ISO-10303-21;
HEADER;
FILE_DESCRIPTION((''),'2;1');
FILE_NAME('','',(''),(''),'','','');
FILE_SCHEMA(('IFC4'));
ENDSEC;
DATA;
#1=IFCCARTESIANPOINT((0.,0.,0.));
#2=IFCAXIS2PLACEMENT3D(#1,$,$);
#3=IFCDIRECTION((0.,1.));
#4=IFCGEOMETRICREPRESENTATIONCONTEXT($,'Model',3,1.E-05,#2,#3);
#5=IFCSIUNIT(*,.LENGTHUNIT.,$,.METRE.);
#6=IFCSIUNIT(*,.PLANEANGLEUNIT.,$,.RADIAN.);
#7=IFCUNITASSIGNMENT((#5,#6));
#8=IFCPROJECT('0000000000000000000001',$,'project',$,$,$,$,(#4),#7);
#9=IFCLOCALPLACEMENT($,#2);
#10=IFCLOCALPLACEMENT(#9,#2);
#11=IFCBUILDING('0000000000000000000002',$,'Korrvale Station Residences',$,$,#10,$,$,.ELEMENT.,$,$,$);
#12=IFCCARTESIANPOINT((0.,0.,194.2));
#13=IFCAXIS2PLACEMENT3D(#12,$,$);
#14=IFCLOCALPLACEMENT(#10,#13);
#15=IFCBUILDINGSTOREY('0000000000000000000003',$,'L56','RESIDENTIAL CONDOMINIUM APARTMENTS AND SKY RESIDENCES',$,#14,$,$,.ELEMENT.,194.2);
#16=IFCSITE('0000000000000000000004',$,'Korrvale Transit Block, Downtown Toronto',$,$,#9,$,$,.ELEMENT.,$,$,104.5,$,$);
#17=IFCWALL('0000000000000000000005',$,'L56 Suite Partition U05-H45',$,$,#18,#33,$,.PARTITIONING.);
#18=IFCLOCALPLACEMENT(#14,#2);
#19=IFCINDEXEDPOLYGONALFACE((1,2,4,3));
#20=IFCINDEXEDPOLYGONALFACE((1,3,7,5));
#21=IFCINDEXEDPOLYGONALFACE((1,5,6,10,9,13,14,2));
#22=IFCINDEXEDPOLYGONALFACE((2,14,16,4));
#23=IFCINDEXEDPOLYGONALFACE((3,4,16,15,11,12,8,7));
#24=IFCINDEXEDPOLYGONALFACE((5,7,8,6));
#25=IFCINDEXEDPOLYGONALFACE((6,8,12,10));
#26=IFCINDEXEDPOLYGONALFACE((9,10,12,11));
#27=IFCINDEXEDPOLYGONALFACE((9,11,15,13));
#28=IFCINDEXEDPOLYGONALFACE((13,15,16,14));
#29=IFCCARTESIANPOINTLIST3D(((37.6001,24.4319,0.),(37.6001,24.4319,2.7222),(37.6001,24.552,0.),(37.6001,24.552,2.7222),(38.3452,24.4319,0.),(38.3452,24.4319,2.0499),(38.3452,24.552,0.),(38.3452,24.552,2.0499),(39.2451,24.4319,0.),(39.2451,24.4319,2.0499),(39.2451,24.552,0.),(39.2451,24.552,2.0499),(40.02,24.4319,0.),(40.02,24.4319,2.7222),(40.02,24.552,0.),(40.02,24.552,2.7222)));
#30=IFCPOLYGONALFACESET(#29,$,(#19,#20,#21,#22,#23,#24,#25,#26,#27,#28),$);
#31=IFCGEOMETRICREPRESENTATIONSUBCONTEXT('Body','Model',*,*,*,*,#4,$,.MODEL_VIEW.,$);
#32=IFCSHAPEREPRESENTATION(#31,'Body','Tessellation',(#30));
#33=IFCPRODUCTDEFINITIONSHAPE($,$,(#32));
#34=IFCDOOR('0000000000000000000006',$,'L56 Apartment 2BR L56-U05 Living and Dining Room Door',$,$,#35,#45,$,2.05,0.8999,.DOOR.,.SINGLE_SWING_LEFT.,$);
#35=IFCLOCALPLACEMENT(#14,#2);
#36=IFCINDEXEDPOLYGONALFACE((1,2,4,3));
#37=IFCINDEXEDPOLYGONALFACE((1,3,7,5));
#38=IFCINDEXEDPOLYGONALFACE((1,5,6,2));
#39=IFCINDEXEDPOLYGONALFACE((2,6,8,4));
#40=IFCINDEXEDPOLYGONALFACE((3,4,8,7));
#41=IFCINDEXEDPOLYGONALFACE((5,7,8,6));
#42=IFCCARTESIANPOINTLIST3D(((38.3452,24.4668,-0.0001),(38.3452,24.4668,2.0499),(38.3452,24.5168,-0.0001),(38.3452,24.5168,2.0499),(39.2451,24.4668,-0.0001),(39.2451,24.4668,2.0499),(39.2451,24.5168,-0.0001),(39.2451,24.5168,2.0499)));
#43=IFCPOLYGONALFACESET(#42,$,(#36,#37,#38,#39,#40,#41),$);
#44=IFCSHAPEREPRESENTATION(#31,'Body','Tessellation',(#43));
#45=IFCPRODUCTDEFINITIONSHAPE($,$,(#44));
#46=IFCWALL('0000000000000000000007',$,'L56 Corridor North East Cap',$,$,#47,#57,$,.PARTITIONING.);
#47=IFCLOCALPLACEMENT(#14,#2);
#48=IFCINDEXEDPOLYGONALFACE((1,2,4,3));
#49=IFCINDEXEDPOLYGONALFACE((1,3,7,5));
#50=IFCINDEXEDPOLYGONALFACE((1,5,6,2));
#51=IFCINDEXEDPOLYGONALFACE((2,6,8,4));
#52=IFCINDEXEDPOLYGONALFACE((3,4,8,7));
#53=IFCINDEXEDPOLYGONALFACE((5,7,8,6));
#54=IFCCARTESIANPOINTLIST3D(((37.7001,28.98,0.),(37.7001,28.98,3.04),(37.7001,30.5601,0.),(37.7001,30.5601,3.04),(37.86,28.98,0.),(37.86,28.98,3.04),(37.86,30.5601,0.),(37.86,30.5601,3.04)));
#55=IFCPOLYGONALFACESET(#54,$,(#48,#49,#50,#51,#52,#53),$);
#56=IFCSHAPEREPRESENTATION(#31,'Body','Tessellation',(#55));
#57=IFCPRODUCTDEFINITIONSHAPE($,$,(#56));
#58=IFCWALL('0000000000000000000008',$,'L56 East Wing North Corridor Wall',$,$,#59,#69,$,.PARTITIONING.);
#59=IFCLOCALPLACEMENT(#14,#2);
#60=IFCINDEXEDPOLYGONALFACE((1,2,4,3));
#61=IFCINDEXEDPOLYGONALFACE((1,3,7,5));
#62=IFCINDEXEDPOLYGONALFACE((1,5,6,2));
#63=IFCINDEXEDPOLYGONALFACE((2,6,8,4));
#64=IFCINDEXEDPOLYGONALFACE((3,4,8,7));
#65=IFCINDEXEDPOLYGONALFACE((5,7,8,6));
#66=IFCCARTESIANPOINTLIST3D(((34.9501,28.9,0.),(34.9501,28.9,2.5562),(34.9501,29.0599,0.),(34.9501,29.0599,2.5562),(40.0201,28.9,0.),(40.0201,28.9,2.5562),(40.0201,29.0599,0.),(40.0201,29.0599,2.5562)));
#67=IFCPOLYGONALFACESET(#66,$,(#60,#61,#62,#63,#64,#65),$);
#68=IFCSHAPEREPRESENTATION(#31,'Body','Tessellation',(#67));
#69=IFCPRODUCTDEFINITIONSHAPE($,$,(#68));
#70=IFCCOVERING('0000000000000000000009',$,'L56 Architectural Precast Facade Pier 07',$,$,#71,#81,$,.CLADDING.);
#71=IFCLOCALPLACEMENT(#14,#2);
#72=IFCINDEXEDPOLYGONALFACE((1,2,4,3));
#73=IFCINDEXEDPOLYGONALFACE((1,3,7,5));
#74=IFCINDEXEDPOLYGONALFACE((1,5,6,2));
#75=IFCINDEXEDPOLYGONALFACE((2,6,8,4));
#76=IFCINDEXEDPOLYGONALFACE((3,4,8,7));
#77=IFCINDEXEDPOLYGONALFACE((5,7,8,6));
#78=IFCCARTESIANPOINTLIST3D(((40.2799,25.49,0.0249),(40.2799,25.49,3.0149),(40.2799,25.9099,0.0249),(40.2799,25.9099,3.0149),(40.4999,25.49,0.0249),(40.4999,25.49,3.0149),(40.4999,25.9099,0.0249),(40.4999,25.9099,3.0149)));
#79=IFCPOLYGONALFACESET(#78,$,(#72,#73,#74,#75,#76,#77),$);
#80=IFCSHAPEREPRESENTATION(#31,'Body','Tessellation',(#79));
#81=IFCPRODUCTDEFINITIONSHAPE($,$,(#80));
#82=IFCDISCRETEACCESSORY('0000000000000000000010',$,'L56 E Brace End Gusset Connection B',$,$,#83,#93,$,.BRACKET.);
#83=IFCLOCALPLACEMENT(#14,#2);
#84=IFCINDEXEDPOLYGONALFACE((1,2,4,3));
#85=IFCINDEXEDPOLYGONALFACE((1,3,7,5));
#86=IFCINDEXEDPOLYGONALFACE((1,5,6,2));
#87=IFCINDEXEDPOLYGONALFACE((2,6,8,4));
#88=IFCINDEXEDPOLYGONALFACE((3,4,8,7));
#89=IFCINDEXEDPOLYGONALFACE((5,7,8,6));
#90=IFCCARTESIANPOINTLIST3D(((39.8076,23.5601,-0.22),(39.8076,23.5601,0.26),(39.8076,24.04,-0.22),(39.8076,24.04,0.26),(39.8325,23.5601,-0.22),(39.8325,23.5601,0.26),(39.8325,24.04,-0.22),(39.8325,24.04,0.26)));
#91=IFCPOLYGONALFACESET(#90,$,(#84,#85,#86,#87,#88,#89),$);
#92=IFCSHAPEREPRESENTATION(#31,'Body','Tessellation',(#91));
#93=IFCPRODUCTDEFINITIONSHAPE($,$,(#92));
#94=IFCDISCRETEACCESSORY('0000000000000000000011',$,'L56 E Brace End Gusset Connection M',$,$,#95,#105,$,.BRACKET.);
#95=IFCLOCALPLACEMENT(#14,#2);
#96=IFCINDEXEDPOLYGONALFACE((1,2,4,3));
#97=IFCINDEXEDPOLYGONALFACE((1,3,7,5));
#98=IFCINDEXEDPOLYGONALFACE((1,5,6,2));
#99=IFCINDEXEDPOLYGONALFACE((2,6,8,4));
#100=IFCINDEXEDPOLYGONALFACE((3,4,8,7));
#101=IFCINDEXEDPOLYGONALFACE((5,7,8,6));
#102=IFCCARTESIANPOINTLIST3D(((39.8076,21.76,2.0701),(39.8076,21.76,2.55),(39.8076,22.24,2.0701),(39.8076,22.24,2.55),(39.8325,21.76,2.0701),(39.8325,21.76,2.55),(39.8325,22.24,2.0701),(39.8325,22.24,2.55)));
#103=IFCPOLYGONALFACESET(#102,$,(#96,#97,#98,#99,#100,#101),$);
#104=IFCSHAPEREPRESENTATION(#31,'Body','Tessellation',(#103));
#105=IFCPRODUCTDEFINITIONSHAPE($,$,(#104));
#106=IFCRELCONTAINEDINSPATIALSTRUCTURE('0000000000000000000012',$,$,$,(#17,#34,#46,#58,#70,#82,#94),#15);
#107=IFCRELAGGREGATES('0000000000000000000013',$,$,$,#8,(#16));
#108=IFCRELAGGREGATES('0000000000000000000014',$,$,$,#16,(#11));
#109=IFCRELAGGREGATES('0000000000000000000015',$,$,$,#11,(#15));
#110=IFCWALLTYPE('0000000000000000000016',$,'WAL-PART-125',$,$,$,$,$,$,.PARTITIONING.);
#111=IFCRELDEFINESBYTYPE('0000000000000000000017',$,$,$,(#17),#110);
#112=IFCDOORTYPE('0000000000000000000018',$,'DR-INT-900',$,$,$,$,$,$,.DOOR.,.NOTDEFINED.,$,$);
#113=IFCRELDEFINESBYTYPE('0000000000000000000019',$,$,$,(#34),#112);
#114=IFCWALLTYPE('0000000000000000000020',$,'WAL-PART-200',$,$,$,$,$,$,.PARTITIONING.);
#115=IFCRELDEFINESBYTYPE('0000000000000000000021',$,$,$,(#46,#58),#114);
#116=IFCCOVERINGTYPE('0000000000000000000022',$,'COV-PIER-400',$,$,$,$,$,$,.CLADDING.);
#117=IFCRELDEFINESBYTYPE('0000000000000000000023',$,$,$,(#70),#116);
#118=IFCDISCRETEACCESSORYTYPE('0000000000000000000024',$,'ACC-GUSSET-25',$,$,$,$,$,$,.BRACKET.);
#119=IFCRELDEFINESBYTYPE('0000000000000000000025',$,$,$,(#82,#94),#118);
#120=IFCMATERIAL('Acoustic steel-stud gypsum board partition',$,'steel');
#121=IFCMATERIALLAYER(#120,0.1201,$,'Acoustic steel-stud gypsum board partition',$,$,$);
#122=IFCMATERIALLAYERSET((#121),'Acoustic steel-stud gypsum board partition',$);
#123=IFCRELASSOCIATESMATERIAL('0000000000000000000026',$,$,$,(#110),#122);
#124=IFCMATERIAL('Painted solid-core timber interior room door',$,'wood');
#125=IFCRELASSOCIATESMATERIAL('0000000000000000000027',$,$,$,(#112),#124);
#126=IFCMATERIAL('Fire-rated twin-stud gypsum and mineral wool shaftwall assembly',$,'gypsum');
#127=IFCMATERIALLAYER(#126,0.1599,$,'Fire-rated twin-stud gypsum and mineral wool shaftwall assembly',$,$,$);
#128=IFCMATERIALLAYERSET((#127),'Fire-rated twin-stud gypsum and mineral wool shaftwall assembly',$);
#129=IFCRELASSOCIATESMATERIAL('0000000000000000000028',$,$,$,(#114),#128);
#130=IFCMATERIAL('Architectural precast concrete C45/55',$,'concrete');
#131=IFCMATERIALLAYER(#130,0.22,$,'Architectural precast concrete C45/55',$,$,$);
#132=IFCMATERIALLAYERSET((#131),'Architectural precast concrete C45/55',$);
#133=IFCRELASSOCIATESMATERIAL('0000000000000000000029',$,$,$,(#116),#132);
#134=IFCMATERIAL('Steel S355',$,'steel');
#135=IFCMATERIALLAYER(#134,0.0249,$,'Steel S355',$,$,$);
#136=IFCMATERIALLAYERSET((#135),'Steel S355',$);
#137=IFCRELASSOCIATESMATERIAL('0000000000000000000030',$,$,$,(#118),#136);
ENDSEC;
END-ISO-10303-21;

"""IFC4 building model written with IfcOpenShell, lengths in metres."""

from ifc_helpers import new_model, si_unit, direction, frame, frame_2d, origin, origin_2d, place, context, subcontext, project, spatial, rectangle, extrude, material, layer, layer_set, type_object, element, fill, save


model = new_model("IFC4")

# Units and contexts
model_context = context("Model", 3, precision=1e-05, world=origin(), true_north=direction((0.0, 1.0)))
body_context = subcontext(model_context, "Body", "Model", "MODEL_VIEW")
ifc_project = project(units=[si_unit("LENGTHUNIT", "METRE"), si_unit("PLANEANGLEUNIT", "RADIAN")], contexts=[model_context])

# Site, building, storey
site_placement = place(None, origin())
site = spatial("IfcSite", under=ifc_project, at=site_placement, Name="Korrvale Transit Block, Downtown Toronto", CompositionType="ELEMENT", RefElevation=104.5)
building_placement = place(site_placement, origin())
building = spatial("IfcBuilding", under=site, at=building_placement, Name="Korrvale Station Residences", CompositionType="ELEMENT")
storey_placement = place(building_placement, frame((0.0, 0.0, 194.2)))
storey = spatial("IfcBuildingStorey", under=building, at=storey_placement, Name="L56", Description="RESIDENTIAL CONDOMINIUM APARTMENTS AND SKY RESIDENCES", CompositionType="ELEMENT", Elevation=194.2)

# Shared definitions
ifc_material_1 = material(Name="Steel S355", Category="steel")

# Wall, opening, door
ifc_material_2 = material(Name="Acoustic steel-stud gypsum board partition", Category="steel")
ifc_layer_1 = layer(ifc_material_2, 0.1201, Name="Acoustic steel-stud gypsum board partition")
ifc_layer_set_1 = layer_set([ifc_layer_1], Name="Acoustic steel-stud gypsum board partition")
wall_type_1 = type_object("IfcWallType", Name="WAL-PART-125", PredefinedType="PARTITIONING", material=ifc_layer_set_1)
ifc_material_3 = material(Name="Painted solid-core timber interior room door", Category="wood")
door_type = type_object("IfcDoorType", Name="DR-INT-900", OperationType="NOTDEFINED", PredefinedType="DOOR", material=ifc_material_3)
wall_1_placement = place(storey_placement, frame((37.6001, 24.4919, 0.0), z_axis=(0.0, 0.0, 1.0), x_axis=(1.0, 0.0, 0.0)))
wall_1 = element("IfcWall", 1, at=wall_1_placement, inside=storey, type_object=wall_type_1, Name="L56 Suite Partition U05-H45", PredefinedType="PARTITIONING", context=body_context, shape_type="SweptSolid", body=[
    extrude(rectangle(XDim=2.4199, YDim=0.1201, at=frame_2d((1.21, 0.0))), origin(), (0.0, 0.0, 1.0), 2.7222),
])
opening_1_placement = place(wall_1_placement, frame((0.7451, 0.0, 0.0)))
opening_1 = element("IfcOpeningElement", 2, at=opening_1_placement, cuts=wall_1, PredefinedType="OPENING", context=body_context, shape_type="SweptSolid", body=[
    extrude(rectangle(XDim=0.8999, YDim=2.05, at=frame_2d((0.45, 1.0249))), frame((0.0, 0.0701, 0.0), z_axis=(0.0, -1.0, 0.0), x_axis=(1.0, 0.0, 0.0)), (0.0, 0.0, 1.0), 0.1401),
])
door_1_placement = place(opening_1_placement, origin())
door_1 = element("IfcDoor", 3, at=door_1_placement, inside=storey, type_object=door_type, Name="L56 Apartment 2BR L56-U05 Living and Dining Room Door", OperationType="SINGLE_SWING_LEFT", OverallHeight=2.05, OverallWidth=0.8999, PredefinedType="DOOR", context=body_context, shape_type="SweptSolid", body=[
    extrude(rectangle(XDim=0.8999, YDim=2.05, at=frame_2d((0.45, 1.0249))), frame((0.0, 0.0249, 0.0), z_axis=(0.0, -1.0, 0.0), x_axis=(1.0, 0.0, 0.0)), (0.0, 0.0, 1.0), 0.05),
])
fill(opening_1, door_1)

# Walls
ifc_material_4 = material(Name="Fire-rated twin-stud gypsum and mineral wool shaftwall assembly", Category="gypsum")
ifc_layer_2 = layer(ifc_material_4, 0.1599, Name="Fire-rated twin-stud gypsum and mineral wool shaftwall assembly")
ifc_layer_set_2 = layer_set([ifc_layer_2], Name="Fire-rated twin-stud gypsum and mineral wool shaftwall assembly")
wall_type_2 = type_object("IfcWallType", Name="WAL-PART-200", PredefinedType="PARTITIONING", material=ifc_layer_set_2)
wall_2_placement = place(storey_placement, frame((37.78, 28.98, 0.0), z_axis=(0.0, 0.0, 1.0), x_axis=(0.0, 1.0, 0.0)))
element("IfcWall", 4, at=wall_2_placement, inside=storey, type_object=wall_type_2, Name="L56 Corridor North East Cap", PredefinedType="PARTITIONING", context=body_context, shape_type="SweptSolid", body=[
    extrude(rectangle(XDim=1.5801, YDim=0.1599, at=frame_2d((0.79, 0.0))), origin(), (0.0, 0.0, 1.0), 3.04),
])
wall_3_placement = place(storey_placement, frame((34.95, 28.98, 0.0), z_axis=(0.0, 0.0, 1.0), x_axis=(1.0, 0.0, 0.0)))
element("IfcWall", 5, at=wall_3_placement, inside=storey, type_object=wall_type_2, Name="L56 East Wing North Corridor Wall", PredefinedType="PARTITIONING", context=body_context, shape_type="SweptSolid", body=[
    extrude(rectangle(XDim=5.0701, YDim=0.1599, at=frame_2d((2.5352, 0.0))), origin(), (0.0, 0.0, 1.0), 2.5562),
])

# Covering
ifc_material_5 = material(Name="Architectural precast concrete C45/55", Category="concrete")
ifc_layer_3 = layer(ifc_material_5, 0.22, Name="Architectural precast concrete C45/55")
ifc_layer_set_3 = layer_set([ifc_layer_3], Name="Architectural precast concrete C45/55")
covering_type = type_object("IfcCoveringType", Name="COV-PIER-400", PredefinedType="CLADDING", material=ifc_layer_set_3)
covering_placement = place(storey_placement, frame((40.3899, 25.7, 0.0249), z_axis=(0.0, 0.0, 1.0), x_axis=(0.0, 1.0, 0.0)))
element("IfcCovering", 6, at=covering_placement, inside=storey, type_object=covering_type, Name="L56 Architectural Precast Facade Pier 07", PredefinedType="CLADDING", context=body_context, shape_type="SweptSolid", body=[
    extrude(rectangle(XDim=0.4199, YDim=0.22, at=origin_2d()), origin(), (0.0, 0.0, 1.0), 2.99),
])

# Discrete accessories
ifc_layer_4 = layer(ifc_material_1, 0.0249, Name="Steel S355")
ifc_layer_set_4 = layer_set([ifc_layer_4], Name="Steel S355")
discrete_accessory_type = type_object("IfcDiscreteAccessoryType", Name="ACC-GUSSET-25", PredefinedType="BRACKET", material=ifc_layer_set_4)
for number, where, z_axis, x_axis, name in (
    (7, (39.8201, 23.8, -0.22), (0.0, 0.0, 1.0), (0.0, 1.0, 0.0), "L56 E Brace End Gusset Connection B"),
    (8, (39.8201, 22.0, 2.0701), (0.0, 0.0, 1.0), (0.0, 1.0, 0.0), "L56 E Brace End Gusset Connection M"),
):
    element("IfcDiscreteAccessory", number, at=place(storey_placement, frame(where, z_axis=z_axis, x_axis=x_axis)), inside=storey, type_object=discrete_accessory_type, Name=name, PredefinedType="BRACKET", context=body_context, shape_type="SweptSolid", body=[
        extrude(rectangle(XDim=0.48, YDim=0.0249, at=origin_2d()), origin(), (0.0, 0.0, 1.0), 0.48),
    ])

save(model, "model.ifc")
